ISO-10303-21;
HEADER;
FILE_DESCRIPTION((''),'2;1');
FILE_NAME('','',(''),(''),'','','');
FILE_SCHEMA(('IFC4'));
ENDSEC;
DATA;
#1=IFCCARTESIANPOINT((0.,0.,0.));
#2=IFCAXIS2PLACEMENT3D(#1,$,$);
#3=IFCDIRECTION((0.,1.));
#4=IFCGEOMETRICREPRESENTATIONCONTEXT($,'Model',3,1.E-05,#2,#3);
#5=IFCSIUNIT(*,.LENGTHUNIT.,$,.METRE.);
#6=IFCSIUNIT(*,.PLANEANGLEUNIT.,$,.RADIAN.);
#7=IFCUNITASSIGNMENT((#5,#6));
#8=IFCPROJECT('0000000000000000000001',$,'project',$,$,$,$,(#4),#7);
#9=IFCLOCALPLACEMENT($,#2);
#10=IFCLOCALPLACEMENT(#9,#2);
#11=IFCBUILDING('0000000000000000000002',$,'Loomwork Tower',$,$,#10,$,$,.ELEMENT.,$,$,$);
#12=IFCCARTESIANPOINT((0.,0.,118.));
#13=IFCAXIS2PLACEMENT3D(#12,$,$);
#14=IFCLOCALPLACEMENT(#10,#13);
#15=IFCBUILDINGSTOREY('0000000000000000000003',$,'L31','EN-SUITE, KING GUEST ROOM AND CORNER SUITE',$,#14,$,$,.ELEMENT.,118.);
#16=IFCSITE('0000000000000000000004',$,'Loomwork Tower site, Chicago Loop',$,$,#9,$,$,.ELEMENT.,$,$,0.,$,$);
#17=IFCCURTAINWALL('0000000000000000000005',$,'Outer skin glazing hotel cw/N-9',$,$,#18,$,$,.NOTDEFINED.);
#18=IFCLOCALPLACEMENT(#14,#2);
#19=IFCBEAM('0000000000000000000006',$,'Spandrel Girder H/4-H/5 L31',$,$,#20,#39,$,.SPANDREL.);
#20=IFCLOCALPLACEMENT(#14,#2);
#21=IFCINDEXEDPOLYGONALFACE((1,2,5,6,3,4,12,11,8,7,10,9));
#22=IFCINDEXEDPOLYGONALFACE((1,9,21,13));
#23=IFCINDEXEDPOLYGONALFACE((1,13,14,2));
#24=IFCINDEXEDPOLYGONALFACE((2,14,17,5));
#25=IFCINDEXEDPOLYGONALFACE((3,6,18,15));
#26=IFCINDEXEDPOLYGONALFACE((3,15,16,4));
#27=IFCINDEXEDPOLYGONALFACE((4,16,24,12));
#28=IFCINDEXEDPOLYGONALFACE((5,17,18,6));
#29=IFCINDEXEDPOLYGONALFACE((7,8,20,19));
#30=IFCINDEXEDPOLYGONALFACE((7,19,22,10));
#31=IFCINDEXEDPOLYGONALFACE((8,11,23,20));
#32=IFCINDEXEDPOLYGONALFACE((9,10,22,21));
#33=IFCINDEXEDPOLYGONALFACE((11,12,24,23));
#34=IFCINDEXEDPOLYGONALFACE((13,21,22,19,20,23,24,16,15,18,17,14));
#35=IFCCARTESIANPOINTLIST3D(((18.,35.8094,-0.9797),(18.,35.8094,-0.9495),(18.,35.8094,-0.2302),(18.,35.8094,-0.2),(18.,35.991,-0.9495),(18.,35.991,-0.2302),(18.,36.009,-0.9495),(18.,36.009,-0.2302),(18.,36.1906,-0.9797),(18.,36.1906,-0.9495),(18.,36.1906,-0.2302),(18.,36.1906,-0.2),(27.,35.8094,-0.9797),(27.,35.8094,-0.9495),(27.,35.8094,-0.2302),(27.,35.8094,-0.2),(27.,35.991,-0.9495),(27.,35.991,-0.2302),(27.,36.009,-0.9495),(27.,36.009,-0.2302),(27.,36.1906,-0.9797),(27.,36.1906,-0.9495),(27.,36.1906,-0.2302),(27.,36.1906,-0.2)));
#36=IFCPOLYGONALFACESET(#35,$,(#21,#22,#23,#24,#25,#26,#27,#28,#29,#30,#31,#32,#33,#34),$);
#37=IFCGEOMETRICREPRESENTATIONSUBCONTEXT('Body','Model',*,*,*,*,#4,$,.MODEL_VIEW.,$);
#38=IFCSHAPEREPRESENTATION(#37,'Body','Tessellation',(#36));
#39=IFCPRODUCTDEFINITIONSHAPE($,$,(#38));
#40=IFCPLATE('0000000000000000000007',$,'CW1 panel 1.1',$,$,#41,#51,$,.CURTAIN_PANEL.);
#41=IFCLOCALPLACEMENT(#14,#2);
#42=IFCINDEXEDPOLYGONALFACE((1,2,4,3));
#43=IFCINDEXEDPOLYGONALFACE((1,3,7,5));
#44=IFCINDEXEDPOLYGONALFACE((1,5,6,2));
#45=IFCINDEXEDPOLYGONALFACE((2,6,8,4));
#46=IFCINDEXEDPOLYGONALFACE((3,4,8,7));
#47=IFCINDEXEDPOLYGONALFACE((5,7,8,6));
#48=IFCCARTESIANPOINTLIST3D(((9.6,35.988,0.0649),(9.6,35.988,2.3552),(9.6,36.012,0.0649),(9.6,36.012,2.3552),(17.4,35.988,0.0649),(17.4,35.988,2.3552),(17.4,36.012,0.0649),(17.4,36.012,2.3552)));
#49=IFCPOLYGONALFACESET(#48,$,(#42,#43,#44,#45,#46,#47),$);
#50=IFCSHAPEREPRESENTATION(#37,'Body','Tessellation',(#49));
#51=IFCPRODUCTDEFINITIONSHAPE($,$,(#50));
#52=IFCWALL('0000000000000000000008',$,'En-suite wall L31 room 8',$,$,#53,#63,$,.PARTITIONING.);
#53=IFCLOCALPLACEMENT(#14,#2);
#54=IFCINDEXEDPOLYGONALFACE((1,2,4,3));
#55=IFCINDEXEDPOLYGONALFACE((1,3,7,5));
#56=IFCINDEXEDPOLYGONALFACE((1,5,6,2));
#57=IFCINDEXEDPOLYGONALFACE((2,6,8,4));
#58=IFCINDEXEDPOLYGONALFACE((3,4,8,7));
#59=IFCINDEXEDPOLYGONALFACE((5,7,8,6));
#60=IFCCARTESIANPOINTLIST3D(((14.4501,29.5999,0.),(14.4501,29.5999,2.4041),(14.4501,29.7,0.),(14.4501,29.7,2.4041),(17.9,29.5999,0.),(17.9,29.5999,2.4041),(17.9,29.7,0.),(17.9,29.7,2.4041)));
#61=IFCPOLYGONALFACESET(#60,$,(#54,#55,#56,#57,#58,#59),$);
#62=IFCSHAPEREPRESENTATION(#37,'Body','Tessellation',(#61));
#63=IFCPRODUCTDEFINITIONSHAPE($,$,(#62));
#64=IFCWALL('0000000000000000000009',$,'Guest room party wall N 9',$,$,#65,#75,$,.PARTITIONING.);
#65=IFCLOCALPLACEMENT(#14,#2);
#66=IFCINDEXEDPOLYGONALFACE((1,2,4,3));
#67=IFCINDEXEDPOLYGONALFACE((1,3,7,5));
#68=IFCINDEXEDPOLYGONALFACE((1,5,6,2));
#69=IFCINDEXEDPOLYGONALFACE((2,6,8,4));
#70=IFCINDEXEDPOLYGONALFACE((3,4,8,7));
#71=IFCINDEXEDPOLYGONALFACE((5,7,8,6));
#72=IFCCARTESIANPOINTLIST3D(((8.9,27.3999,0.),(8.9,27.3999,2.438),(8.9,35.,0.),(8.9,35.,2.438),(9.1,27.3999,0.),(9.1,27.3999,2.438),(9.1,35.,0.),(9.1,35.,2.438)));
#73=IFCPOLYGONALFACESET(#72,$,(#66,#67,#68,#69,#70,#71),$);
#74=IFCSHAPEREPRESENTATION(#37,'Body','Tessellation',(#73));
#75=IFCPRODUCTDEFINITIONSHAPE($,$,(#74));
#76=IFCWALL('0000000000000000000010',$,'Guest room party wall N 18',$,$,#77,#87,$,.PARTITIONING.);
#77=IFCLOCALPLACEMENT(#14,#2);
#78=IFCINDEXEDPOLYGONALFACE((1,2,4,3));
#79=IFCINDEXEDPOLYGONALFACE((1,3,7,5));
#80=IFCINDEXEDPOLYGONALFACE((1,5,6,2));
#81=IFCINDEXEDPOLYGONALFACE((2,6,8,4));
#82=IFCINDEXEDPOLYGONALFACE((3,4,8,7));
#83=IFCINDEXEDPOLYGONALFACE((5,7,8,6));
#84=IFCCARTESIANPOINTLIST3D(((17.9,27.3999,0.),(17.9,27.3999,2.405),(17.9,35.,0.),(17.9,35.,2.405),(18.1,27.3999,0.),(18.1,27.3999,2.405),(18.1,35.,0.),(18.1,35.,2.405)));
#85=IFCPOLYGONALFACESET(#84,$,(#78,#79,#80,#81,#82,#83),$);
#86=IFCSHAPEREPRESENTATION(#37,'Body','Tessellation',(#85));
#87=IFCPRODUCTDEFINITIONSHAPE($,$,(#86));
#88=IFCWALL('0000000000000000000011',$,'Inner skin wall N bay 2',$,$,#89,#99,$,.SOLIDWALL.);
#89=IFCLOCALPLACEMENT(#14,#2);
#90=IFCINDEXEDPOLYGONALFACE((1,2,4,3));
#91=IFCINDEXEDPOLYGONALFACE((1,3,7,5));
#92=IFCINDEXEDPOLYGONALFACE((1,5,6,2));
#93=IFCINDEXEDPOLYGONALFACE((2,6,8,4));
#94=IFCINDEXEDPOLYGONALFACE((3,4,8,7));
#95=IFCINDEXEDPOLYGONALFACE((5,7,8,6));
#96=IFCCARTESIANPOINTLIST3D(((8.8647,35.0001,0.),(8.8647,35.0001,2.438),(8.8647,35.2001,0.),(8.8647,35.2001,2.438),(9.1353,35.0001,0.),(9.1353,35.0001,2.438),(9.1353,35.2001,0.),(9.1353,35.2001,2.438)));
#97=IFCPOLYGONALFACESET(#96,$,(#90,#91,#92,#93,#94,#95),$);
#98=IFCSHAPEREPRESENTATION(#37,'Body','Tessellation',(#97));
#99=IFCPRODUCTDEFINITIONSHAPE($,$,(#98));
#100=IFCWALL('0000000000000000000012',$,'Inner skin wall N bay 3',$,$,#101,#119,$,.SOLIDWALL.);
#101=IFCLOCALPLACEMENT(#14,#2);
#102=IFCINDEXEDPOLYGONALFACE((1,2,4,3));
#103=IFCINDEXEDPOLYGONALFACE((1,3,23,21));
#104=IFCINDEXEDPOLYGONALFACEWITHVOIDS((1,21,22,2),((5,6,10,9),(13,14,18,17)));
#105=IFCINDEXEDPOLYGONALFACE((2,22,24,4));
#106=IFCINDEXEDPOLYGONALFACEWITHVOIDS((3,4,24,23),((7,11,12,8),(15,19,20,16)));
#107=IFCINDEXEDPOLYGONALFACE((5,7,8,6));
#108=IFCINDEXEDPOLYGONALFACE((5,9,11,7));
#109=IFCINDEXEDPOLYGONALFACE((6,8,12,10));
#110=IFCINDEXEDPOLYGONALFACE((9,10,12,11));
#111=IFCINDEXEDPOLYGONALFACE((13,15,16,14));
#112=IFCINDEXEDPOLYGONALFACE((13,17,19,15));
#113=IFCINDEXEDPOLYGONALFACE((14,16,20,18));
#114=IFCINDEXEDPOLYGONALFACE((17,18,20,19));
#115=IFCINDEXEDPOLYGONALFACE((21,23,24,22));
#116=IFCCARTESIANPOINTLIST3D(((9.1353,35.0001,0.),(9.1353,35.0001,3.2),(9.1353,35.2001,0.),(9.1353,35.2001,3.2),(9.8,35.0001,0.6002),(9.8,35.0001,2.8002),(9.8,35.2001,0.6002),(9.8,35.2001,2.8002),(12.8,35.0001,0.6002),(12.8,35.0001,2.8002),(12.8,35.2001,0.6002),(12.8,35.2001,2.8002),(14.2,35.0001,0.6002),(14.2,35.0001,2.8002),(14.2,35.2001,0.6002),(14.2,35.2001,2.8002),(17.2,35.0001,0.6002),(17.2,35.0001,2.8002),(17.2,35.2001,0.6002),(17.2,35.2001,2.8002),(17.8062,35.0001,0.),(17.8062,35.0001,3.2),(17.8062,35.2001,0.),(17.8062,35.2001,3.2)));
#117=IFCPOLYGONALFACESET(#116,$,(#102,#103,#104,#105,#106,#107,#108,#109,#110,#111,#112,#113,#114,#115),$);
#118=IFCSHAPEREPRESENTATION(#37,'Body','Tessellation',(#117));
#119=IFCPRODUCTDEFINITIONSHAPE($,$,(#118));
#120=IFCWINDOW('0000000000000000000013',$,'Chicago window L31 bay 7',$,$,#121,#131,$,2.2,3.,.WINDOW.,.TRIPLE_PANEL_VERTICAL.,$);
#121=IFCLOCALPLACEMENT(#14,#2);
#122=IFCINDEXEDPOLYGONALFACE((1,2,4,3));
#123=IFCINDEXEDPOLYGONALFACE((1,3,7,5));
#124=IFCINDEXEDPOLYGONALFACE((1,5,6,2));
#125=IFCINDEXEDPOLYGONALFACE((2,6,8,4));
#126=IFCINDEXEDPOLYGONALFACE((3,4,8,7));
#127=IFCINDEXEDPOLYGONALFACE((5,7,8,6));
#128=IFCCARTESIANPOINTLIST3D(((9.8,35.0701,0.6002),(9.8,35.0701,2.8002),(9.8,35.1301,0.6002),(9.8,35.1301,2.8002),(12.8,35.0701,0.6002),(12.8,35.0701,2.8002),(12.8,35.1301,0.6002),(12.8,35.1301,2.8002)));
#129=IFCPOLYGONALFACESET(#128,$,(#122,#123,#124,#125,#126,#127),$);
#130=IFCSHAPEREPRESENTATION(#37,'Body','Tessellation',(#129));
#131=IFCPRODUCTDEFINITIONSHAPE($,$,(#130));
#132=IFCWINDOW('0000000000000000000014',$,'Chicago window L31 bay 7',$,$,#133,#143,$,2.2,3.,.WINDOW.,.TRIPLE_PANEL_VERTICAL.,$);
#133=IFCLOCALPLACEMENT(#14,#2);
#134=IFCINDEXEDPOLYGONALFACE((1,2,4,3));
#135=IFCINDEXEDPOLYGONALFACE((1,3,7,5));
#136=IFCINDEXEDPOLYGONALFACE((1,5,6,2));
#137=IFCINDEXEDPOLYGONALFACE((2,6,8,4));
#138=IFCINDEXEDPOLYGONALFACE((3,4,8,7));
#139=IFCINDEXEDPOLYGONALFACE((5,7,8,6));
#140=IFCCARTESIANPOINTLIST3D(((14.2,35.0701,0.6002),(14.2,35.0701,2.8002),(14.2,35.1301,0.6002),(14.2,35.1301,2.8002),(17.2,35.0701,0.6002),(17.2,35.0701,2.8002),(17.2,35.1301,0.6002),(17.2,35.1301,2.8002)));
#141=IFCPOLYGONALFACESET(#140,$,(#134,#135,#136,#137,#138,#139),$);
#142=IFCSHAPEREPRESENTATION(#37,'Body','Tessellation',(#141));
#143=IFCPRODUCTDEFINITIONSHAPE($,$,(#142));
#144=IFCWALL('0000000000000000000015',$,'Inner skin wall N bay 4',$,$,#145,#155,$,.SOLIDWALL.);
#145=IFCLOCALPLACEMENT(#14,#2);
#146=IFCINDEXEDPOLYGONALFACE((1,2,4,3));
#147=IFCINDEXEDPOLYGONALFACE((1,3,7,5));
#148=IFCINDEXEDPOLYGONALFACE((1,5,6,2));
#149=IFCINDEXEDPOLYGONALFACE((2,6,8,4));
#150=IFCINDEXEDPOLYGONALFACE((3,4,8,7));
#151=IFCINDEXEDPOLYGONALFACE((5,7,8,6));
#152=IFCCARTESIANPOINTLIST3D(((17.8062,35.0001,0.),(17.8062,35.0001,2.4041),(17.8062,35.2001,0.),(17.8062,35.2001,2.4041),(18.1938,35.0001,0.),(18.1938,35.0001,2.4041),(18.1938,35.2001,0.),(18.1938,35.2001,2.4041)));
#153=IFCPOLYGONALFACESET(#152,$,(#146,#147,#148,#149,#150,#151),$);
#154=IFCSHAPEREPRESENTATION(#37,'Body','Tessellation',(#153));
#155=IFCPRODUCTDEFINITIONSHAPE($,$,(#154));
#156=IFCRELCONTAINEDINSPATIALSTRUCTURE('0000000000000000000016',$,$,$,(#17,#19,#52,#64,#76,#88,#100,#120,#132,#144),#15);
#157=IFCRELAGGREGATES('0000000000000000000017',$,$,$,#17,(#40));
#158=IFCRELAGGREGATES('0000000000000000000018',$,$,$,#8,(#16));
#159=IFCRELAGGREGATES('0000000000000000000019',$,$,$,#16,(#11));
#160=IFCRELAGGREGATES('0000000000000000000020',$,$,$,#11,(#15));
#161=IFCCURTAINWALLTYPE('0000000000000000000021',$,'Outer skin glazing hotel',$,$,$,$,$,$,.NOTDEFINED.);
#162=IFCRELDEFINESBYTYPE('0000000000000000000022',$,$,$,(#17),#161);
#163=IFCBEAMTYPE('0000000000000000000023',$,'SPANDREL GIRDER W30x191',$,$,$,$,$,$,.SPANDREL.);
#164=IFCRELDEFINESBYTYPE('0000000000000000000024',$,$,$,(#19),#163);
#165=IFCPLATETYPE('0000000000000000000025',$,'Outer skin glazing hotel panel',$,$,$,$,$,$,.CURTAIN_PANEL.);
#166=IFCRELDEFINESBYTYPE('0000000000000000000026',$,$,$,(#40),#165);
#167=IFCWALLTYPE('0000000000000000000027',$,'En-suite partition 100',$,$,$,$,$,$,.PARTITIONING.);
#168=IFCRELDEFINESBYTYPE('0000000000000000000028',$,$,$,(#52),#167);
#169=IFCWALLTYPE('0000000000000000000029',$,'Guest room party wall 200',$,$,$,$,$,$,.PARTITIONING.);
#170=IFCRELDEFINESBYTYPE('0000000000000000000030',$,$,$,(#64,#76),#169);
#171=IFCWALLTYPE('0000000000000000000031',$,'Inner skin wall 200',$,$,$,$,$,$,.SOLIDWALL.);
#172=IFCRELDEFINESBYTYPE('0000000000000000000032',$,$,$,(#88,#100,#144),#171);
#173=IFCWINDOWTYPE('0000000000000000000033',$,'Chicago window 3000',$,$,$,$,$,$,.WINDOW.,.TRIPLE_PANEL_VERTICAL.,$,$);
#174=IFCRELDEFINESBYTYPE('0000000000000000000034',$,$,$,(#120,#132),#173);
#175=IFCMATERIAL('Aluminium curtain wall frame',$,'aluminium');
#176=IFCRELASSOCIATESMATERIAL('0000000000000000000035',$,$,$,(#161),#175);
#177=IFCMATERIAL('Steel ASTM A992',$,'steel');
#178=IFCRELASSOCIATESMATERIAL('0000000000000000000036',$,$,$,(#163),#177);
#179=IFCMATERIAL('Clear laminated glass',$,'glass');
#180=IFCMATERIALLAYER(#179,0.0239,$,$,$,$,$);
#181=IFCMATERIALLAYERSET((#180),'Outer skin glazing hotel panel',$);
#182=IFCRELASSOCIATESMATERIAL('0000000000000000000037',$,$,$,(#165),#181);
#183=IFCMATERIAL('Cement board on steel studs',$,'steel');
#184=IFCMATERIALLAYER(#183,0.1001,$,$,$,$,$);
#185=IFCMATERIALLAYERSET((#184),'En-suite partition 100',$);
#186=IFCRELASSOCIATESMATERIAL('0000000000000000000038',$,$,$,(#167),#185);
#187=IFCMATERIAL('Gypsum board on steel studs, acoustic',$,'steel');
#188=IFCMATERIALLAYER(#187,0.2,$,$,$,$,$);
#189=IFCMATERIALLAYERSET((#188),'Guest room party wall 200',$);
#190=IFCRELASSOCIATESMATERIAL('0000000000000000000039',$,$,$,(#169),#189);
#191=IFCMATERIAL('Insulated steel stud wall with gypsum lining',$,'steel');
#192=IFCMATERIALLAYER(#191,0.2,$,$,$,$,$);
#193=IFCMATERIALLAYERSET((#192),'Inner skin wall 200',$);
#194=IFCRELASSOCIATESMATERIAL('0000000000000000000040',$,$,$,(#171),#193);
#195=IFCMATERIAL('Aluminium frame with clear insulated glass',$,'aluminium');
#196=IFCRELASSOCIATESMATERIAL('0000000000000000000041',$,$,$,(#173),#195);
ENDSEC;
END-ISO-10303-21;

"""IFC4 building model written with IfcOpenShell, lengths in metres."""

from ifc_helpers import new_model, si_unit, direction, frame, frame_2d, origin, origin_2d, place, context, subcontext, project, spatial, rectangle, i_section, extrude, material, layer, layer_set, material_profile, profile_set, type_object, element, fill, aggregate, save


model = new_model("IFC4")

# Units and contexts
model_context = context("Model", 3, precision=1e-05, world=origin(), true_north=direction((0.0, 1.0)))
body_context = subcontext(model_context, "Body", "Model", "MODEL_VIEW")
ifc_project = project(units=[si_unit("LENGTHUNIT", "METRE"), si_unit("PLANEANGLEUNIT", "RADIAN")], contexts=[model_context])

# Site, building, storey
site_placement = place(None, origin())
site = spatial("IfcSite", under=ifc_project, at=site_placement, Name="Loomwork Tower site, Chicago Loop", CompositionType="ELEMENT", RefElevation=0.0)
building_placement = place(site_placement, origin())
building = spatial("IfcBuilding", under=site, at=building_placement, Name="Loomwork Tower", CompositionType="ELEMENT")
storey_placement = place(building_placement, frame((0.0, 0.0, 118.0)))
storey = spatial("IfcBuildingStorey", under=building, at=storey_placement, Name="L31", Description="EN-SUITE, KING GUEST ROOM AND CORNER SUITE", CompositionType="ELEMENT", Elevation=118.0)

# Shared definitions
ifc_material_1 = material(Name="Aluminium curtain wall frame", Category="aluminium")
curtain_wall_type = type_object("IfcCurtainWallType", Name="Outer skin glazing hotel", PredefinedType="NOTDEFINED", material=ifc_material_1)

# Curtain wall
curtain_wall_1_placement = place(storey_placement, origin())
curtain_wall_1 = element("IfcCurtainWall", 1, at=curtain_wall_1_placement, inside=storey, type_object=curtain_wall_type, Name="Outer skin glazing hotel cw/N-9", PredefinedType="NOTDEFINED")

# Beam
ifc_material_2 = material(Name="Steel ASTM A992", Category="steel")
ifc_material_profile_1 = material_profile(ifc_material_2, i_section(OverallWidth=0.3811, OverallDepth=0.7798, WebThickness=0.0181, FlangeThickness=0.0303, at=origin_2d()), Name="W30x191")
ifc_profile_set_1 = profile_set([ifc_material_profile_1], Name="Steel ASTM A992")
beam_type_1 = type_object("IfcBeamType", Name="SPANDREL GIRDER W30x191", PredefinedType="SPANDREL", material=ifc_profile_set_1)
for number, where, z_axis, x_axis, name in (
    (2, (18.0, 36.0, -0.5898), (1.0, 0.0, 0.0), (0.0, 1.0, 0.0), "Spandrel Girder H/4-H/5 L31"),
):
    element("IfcBeam", number, at=place(storey_placement, frame(where, z_axis=z_axis, x_axis=x_axis)), inside=storey, type_object=beam_type_1, Name=name, PredefinedType="SPANDREL", context=body_context, shape_type="SweptSolid", body=[
        extrude(i_section(OverallWidth=0.3811, OverallDepth=0.7798, WebThickness=0.0181, FlangeThickness=0.0303, at=origin_2d()), origin(), (0.0, 0.0, 1.0), 9.0),
    ])

# Plate
ifc_material_3 = material(Name="Clear laminated glass", Category="glass")
ifc_layer_1 = layer(ifc_material_3, 0.0239)
ifc_layer_set_1 = layer_set([ifc_layer_1], Name="Outer skin glazing hotel panel")
plate_type = type_object("IfcPlateType", Name="Outer skin glazing hotel panel", PredefinedType="CURTAIN_PANEL", material=ifc_layer_set_1)
plate_placement = place(storey_placement, frame((13.5, 36.0, 0.0649), z_axis=(0.0, 0.0, 1.0), x_axis=(-1.0, 0.0, 0.0)))
plate = element("IfcPlate", 3, at=plate_placement, type_object=plate_type, Name="CW1 panel 1.1", PredefinedType="CURTAIN_PANEL", context=body_context, shape_type="SweptSolid", body=[
    extrude(rectangle(XDim=7.8, YDim=0.0239, at=origin_2d()), origin(), (0.0, 0.0, 1.0), 2.2903),
])
aggregate(curtain_wall_1, [plate])

# Walls
ifc_material_4 = material(Name="Cement board on steel studs", Category="steel")
ifc_layer_2 = layer(ifc_material_4, 0.1001)
ifc_layer_set_2 = layer_set([ifc_layer_2], Name="En-suite partition 100")
wall_type_1 = type_object("IfcWallType", Name="En-suite partition 100", PredefinedType="PARTITIONING", material=ifc_layer_set_2)
wall_1_placement = place(storey_placement, frame((14.45, 29.6499, 0.0), z_axis=(0.0, 0.0, 1.0), x_axis=(1.0, 0.0, 0.0)))
element("IfcWall", 4, at=wall_1_placement, inside=storey, type_object=wall_type_1, Name="En-suite wall L31 room 8", PredefinedType="PARTITIONING", context=body_context, shape_type="SweptSolid", body=[
    extrude(rectangle(XDim=3.45, YDim=0.1001, at=frame_2d((1.7251, 0.0))), origin(), (0.0, 0.0, 1.0), 2.4041),
])
ifc_material_5 = material(Name="Gypsum board on steel studs, acoustic", Category="steel")
ifc_layer_3 = layer(ifc_material_5, 0.2)
ifc_layer_set_3 = layer_set([ifc_layer_3], Name="Guest room party wall 200")
wall_type_2 = type_object("IfcWallType", Name="Guest room party wall 200", PredefinedType="PARTITIONING", material=ifc_layer_set_3)
wall_2_placement = place(storey_placement, frame((9.0, 27.3999, 0.0), z_axis=(0.0, 0.0, 1.0), x_axis=(0.0, 1.0, 0.0)))
element("IfcWall", 5, at=wall_2_placement, inside=storey, type_object=wall_type_2, Name="Guest room party wall N 9", PredefinedType="PARTITIONING", context=body_context, shape_type="SweptSolid", body=[
    extrude(rectangle(XDim=7.6001, YDim=0.2, at=frame_2d((3.8, 0.0))), origin(), (0.0, 0.0, 1.0), 2.438),
])
wall_3_placement = place(storey_placement, frame((18.0, 27.3999, 0.0), z_axis=(0.0, 0.0, 1.0), x_axis=(0.0, 1.0, 0.0)))
element("IfcWall", 6, at=wall_3_placement, inside=storey, type_object=wall_type_2, Name="Guest room party wall N 18", PredefinedType="PARTITIONING", context=body_context, shape_type="SweptSolid", body=[
    extrude(rectangle(XDim=7.6001, YDim=0.2, at=frame_2d((3.8, 0.0))), origin(), (0.0, 0.0, 1.0), 2.405),
])
ifc_material_6 = material(Name="Insulated steel stud wall with gypsum lining", Category="steel")
ifc_layer_4 = layer(ifc_material_6, 0.2)
ifc_layer_set_4 = layer_set([ifc_layer_4], Name="Inner skin wall 200")
wall_type_3 = type_object("IfcWallType", Name="Inner skin wall 200", PredefinedType="SOLIDWALL", material=ifc_layer_set_4)
wall_4_placement = place(storey_placement, frame((8.8647, 35.1001, 0.0), z_axis=(0.0, 0.0, 1.0), x_axis=(1.0, 0.0, 0.0)))
element("IfcWall", 7, at=wall_4_placement, inside=storey, type_object=wall_type_3, Name="Inner skin wall N bay 2", PredefinedType="SOLIDWALL", context=body_context, shape_type="SweptSolid", body=[
    extrude(rectangle(XDim=0.2705, YDim=0.2, at=frame_2d((0.1353, 0.0))), origin(), (0.0, 0.0, 1.0), 2.438),
])

# Wall, openings, windows
wall_5_placement = place(storey_placement, frame((9.1353, 35.1001, 0.0), z_axis=(0.0, 0.0, 1.0), x_axis=(1.0, 0.0, 0.0)))
wall_5 = element("IfcWall", 8, at=wall_5_placement, inside=storey, type_object=wall_type_3, Name="Inner skin wall N bay 3", PredefinedType="SOLIDWALL", context=body_context, shape_type="SweptSolid", body=[
    extrude(rectangle(XDim=8.6709, YDim=0.2, at=frame_2d((4.3354, 0.0))), origin(), (0.0, 0.0, 1.0), 3.2),
])
opening_1_placement = place(wall_5_placement, frame((0.6648, 0.0, 0.6001)))
opening_1 = element("IfcOpeningElement", 9, at=opening_1_placement, cuts=wall_5, PredefinedType="OPENING", context=body_context, shape_type="SweptSolid", body=[
    extrude(rectangle(XDim=3.0, YDim=2.2, at=frame_2d((1.5, 1.1001))), frame((0.0, 0.1099, 0.0), z_axis=(0.0, -1.0, 0.0), x_axis=(1.0, 0.0, 0.0)), (0.0, 0.0, 1.0), 0.22),
])
opening_2_placement = place(wall_5_placement, frame((5.0647, 0.0, 0.6001)))
opening_2 = element("IfcOpeningElement", 10, at=opening_2_placement, cuts=wall_5, PredefinedType="OPENING", context=body_context, shape_type="SweptSolid", body=[
    extrude(rectangle(XDim=3.0, YDim=2.2, at=frame_2d((1.5, 1.1001))), frame((0.0, 0.1099, 0.0), z_axis=(0.0, -1.0, 0.0), x_axis=(1.0, 0.0, 0.0)), (0.0, 0.0, 1.0), 0.22),
])
ifc_material_7 = material(Name="Aluminium frame with clear insulated glass", Category="aluminium")
window_type = type_object("IfcWindowType", Name="Chicago window 3000", PartitioningType="TRIPLE_PANEL_VERTICAL", PredefinedType="WINDOW", material=ifc_material_7)
window_1_placement = place(opening_1_placement, origin())
window_1 = element("IfcWindow", 11, at=window_1_placement, inside=storey, type_object=window_type, Name="Chicago window L31 bay 7", OverallHeight=2.2, OverallWidth=3.0, PartitioningType="TRIPLE_PANEL_VERTICAL", PredefinedType="WINDOW", context=body_context, shape_type="SweptSolid", body=[
    extrude(rectangle(XDim=3.0, YDim=2.2, at=frame_2d((1.5, 1.1001))), frame((0.0, 0.03, 0.0), z_axis=(0.0, -1.0, 0.0), x_axis=(1.0, 0.0, 0.0)), (0.0, 0.0, 1.0), 0.0601),
])
fill(opening_1, window_1)
window_2_placement = place(opening_2_placement, origin())
window_2 = element("IfcWindow", 12, at=window_2_placement, inside=storey, type_object=window_type, Name="Chicago window L31 bay 7", OverallHeight=2.2, OverallWidth=3.0, PartitioningType="TRIPLE_PANEL_VERTICAL", PredefinedType="WINDOW", context=body_context, shape_type="SweptSolid", body=[
    extrude(rectangle(XDim=3.0, YDim=2.2, at=frame_2d((1.5, 1.1001))), frame((0.0, 0.03, 0.0), z_axis=(0.0, -1.0, 0.0), x_axis=(1.0, 0.0, 0.0)), (0.0, 0.0, 1.0), 0.0601),
])
fill(opening_2, window_2)

# Wall
wall_6_placement = place(storey_placement, frame((17.8062, 35.1001, 0.0), z_axis=(0.0, 0.0, 1.0), x_axis=(1.0, 0.0, 0.0)))
element("IfcWall", 13, at=wall_6_placement, inside=storey, type_object=wall_type_3, Name="Inner skin wall N bay 4", PredefinedType="SOLIDWALL", context=body_context, shape_type="SweptSolid", body=[
    extrude(rectangle(XDim=0.3877, YDim=0.2, at=frame_2d((0.1938, 0.0))), origin(), (0.0, 0.0, 1.0), 2.4041),
])

save(model, "model.ifc")
